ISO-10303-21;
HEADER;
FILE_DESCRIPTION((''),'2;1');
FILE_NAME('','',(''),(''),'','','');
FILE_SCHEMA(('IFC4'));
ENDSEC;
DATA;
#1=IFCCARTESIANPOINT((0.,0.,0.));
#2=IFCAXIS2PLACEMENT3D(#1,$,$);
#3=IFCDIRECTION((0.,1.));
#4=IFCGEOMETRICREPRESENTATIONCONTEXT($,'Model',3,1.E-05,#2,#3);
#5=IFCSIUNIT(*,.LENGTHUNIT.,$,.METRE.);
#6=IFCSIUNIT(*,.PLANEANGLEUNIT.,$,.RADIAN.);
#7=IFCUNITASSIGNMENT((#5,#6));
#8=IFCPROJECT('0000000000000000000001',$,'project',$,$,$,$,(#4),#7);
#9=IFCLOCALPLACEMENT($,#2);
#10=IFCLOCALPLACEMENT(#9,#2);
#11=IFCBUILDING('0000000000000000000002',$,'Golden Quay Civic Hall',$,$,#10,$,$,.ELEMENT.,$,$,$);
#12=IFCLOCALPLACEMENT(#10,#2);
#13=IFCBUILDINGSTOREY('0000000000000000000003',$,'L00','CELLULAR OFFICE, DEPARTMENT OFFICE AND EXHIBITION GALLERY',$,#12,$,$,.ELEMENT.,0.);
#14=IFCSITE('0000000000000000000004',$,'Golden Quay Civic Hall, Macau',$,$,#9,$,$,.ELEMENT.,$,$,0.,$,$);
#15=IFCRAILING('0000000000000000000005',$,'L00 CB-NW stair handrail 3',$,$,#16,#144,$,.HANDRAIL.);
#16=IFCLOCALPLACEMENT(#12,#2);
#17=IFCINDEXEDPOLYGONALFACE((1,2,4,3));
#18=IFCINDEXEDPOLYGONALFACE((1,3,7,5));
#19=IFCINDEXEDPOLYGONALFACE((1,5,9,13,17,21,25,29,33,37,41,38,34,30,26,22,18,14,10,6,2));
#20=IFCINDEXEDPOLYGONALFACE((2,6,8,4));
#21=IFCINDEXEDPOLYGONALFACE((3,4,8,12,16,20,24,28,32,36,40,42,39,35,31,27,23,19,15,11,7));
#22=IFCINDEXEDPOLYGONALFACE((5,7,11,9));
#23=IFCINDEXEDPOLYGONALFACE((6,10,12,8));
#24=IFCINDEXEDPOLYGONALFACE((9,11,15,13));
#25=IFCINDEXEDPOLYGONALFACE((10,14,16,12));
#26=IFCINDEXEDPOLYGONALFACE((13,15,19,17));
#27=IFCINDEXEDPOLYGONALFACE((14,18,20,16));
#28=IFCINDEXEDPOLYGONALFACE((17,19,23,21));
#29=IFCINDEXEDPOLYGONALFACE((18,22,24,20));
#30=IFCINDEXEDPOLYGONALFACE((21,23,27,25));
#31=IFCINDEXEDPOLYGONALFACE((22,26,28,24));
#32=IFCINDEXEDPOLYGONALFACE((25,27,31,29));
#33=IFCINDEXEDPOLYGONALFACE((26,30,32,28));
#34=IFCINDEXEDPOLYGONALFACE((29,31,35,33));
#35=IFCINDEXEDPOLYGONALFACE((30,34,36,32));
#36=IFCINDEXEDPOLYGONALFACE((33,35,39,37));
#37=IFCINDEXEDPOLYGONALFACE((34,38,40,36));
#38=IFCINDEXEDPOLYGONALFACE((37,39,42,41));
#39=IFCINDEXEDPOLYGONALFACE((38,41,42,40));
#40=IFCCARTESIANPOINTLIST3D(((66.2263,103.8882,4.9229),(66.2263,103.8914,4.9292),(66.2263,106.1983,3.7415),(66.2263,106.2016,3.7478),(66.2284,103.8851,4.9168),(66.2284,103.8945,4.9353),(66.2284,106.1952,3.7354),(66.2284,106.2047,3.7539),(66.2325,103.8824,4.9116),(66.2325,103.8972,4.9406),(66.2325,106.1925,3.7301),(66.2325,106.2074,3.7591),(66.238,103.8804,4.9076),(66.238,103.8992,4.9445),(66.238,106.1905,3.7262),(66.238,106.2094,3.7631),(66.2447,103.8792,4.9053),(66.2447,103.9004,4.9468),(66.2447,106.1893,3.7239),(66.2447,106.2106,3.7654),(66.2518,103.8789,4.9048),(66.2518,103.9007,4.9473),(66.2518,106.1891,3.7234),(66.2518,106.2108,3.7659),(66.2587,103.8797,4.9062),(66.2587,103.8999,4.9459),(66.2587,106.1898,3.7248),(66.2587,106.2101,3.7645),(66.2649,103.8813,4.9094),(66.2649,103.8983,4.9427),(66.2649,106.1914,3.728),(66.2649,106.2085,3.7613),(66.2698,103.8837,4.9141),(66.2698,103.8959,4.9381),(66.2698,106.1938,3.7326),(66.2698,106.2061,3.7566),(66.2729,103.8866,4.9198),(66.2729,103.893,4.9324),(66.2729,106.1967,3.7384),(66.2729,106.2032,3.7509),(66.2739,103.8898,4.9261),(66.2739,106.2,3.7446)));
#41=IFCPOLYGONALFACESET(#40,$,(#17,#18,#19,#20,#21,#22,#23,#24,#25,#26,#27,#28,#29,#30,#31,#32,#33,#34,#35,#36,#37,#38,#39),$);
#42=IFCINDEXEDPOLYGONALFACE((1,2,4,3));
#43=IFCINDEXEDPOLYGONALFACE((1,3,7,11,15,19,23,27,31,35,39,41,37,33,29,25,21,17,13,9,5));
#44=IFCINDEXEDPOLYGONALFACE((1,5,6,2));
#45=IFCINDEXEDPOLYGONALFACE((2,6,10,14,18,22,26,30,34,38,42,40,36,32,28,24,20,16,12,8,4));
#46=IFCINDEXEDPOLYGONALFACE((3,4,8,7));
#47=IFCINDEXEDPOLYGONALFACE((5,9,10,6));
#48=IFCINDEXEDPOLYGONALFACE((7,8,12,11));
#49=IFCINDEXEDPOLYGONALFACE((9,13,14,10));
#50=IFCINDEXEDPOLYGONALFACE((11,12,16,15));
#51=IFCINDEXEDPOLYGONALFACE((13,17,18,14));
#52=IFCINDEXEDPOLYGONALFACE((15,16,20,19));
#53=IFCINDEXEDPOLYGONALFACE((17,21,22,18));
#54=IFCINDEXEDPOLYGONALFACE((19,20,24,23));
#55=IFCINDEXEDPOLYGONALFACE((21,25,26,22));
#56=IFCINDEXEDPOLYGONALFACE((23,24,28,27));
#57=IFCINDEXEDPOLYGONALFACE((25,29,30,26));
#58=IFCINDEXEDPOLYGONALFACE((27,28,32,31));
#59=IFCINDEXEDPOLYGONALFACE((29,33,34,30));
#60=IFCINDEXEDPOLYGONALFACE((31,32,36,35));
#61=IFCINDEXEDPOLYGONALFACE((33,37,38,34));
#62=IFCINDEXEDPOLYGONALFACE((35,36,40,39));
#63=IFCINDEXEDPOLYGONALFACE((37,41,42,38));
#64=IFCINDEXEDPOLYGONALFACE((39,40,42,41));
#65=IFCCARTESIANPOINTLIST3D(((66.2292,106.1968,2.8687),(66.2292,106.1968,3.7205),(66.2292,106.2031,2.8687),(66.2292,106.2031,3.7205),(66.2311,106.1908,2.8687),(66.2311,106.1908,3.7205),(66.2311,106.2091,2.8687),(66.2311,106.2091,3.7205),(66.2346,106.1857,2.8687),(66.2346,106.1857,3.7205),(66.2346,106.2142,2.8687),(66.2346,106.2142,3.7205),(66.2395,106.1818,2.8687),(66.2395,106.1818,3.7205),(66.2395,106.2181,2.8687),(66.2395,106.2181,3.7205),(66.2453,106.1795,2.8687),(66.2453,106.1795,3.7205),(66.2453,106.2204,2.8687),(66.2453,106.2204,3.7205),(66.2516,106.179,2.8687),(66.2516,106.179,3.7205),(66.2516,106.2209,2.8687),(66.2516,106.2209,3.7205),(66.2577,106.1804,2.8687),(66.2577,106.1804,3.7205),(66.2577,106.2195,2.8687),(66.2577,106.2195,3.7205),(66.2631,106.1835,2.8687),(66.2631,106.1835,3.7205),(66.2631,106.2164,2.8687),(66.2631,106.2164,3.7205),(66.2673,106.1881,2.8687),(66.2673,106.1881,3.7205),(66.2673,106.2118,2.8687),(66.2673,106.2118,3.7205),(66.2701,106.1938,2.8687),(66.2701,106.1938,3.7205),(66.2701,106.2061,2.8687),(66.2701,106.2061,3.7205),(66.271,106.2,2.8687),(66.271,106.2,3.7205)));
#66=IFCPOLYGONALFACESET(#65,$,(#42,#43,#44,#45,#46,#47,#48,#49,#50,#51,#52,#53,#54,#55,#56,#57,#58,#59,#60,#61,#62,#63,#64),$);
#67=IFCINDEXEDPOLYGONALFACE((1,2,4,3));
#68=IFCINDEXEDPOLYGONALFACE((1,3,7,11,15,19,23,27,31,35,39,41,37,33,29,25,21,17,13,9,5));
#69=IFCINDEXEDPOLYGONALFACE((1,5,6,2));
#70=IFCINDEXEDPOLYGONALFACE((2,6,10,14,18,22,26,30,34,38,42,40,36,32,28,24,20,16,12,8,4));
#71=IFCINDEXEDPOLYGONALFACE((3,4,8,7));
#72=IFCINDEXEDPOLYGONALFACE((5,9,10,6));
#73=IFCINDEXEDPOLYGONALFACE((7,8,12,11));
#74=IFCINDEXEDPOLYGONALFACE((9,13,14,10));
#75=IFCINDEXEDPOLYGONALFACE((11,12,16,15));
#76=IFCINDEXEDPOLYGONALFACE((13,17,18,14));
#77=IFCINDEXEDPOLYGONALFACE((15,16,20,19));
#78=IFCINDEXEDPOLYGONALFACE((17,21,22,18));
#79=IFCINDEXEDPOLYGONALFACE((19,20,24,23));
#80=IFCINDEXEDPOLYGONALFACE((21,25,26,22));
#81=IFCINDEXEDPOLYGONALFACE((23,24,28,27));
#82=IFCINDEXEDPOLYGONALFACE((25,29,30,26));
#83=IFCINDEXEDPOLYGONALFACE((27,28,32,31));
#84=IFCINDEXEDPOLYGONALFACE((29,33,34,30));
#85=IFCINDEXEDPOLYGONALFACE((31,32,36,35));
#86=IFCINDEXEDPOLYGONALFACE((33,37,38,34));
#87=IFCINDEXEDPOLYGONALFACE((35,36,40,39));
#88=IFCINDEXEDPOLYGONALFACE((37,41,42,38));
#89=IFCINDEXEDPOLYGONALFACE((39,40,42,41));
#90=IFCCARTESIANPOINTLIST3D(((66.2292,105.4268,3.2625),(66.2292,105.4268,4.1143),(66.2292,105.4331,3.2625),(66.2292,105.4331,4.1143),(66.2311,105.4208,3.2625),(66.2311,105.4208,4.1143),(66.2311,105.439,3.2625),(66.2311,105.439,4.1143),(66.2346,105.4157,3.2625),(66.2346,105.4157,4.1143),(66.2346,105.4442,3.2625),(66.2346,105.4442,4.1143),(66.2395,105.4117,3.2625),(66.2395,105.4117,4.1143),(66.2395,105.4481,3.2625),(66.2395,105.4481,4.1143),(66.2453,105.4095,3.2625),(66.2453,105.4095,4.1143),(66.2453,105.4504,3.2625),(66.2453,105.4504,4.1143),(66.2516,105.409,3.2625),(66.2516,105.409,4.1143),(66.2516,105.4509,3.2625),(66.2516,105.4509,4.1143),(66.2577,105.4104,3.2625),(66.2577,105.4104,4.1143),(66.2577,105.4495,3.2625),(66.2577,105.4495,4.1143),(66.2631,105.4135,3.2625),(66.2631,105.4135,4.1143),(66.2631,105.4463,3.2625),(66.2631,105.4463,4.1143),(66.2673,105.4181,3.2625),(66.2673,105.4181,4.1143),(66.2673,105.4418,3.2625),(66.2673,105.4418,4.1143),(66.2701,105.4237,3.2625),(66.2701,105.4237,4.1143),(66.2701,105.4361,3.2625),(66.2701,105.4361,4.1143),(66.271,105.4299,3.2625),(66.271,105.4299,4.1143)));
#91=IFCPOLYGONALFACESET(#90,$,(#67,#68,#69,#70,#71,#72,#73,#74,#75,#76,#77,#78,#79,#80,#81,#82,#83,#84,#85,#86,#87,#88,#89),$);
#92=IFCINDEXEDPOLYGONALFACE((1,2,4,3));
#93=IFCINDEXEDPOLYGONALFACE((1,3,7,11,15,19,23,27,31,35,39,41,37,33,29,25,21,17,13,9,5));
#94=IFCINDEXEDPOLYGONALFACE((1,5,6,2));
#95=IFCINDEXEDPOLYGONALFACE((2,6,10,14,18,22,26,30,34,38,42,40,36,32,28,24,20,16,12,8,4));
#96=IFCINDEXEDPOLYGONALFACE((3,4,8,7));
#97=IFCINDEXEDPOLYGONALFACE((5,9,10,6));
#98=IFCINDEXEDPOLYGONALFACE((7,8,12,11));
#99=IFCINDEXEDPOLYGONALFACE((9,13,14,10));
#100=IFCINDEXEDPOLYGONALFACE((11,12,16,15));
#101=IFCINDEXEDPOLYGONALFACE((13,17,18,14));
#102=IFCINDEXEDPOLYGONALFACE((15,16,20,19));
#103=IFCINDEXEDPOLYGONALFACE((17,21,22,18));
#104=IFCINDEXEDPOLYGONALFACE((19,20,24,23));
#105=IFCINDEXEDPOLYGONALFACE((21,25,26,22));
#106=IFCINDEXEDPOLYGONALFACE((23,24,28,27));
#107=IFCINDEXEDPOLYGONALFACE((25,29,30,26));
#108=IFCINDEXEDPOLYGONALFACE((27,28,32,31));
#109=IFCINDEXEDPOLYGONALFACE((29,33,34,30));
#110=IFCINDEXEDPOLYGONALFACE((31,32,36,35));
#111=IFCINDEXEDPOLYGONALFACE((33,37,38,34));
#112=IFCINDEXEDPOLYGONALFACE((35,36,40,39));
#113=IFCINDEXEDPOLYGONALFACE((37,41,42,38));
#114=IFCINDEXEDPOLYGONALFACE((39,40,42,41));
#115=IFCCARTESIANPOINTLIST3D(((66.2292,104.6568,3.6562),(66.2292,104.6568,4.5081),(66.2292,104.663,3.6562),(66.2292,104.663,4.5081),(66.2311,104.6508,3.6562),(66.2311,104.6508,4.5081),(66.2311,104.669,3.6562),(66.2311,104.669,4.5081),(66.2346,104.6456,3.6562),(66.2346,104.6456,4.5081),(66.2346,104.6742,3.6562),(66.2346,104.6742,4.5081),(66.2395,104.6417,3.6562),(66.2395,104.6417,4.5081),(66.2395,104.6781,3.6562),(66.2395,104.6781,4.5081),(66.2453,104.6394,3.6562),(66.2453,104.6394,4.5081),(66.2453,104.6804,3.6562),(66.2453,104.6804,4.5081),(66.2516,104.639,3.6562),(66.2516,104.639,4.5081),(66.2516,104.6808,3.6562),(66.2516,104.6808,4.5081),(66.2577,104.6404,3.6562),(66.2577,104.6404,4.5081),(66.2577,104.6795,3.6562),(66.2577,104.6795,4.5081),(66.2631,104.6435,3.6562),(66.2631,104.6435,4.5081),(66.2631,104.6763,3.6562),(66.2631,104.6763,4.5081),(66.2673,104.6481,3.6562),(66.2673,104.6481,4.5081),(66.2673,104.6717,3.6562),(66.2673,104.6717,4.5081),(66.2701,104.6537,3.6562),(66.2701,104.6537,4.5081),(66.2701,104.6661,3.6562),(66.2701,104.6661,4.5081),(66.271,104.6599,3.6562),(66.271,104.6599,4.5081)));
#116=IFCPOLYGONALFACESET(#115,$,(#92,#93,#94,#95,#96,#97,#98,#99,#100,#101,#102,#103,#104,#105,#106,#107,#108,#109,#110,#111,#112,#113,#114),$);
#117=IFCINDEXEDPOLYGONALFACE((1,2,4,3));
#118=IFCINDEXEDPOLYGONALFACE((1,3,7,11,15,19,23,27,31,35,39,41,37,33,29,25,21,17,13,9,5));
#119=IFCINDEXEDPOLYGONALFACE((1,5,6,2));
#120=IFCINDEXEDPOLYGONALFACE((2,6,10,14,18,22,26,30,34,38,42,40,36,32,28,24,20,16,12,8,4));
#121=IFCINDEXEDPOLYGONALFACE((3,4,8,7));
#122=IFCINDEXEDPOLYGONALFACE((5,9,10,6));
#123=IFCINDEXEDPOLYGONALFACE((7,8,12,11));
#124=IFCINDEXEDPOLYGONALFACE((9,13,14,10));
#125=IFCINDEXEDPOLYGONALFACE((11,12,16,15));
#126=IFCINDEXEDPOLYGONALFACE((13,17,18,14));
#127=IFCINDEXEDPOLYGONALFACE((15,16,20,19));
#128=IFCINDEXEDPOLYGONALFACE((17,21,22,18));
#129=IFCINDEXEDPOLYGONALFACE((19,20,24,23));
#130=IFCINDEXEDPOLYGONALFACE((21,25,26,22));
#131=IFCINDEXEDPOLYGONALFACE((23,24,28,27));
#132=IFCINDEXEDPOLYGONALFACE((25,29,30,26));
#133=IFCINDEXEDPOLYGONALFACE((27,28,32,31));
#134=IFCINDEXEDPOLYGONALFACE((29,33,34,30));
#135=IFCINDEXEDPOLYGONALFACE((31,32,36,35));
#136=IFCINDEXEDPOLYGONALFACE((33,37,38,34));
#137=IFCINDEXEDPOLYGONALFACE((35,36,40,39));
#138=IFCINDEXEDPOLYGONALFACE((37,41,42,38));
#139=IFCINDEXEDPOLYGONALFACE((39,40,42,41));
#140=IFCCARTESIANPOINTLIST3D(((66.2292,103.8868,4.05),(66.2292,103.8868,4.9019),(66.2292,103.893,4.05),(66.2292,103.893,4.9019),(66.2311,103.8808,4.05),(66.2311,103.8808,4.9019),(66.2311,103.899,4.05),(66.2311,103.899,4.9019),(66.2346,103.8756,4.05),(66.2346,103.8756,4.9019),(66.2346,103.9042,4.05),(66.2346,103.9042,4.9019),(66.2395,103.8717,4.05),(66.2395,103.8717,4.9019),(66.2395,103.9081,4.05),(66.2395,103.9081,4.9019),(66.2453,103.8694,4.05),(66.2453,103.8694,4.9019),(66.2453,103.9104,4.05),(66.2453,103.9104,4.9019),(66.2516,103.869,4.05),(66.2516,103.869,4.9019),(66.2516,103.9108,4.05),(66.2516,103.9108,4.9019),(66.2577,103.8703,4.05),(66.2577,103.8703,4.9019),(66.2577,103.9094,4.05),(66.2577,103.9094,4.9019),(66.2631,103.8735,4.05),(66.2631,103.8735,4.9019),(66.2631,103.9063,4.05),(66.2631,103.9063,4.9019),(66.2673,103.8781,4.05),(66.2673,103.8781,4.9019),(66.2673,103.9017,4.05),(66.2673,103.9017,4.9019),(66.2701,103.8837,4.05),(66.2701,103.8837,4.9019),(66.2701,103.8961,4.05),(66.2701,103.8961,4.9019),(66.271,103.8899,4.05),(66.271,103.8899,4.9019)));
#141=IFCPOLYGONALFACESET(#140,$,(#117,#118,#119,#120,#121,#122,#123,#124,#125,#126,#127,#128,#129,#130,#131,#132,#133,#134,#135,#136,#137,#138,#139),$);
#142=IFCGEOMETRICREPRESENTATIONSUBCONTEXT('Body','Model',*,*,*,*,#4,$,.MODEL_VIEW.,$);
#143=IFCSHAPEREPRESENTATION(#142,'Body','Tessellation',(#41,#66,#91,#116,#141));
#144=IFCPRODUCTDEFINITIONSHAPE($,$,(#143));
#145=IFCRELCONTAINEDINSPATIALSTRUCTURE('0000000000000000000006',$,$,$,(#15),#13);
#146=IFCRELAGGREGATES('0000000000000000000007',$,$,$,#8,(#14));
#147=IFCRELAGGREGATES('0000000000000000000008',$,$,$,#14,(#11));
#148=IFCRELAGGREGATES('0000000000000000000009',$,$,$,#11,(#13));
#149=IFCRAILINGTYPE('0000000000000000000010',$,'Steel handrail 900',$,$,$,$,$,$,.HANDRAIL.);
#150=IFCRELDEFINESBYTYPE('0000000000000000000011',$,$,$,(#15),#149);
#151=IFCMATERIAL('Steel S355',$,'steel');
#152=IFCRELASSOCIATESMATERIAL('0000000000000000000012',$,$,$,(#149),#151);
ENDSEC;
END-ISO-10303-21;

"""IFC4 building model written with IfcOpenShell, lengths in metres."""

from ifc_helpers import new_model, si_unit, direction, frame, origin, origin_2d, place, context, subcontext, project, spatial, circle, extrude, material, type_object, element, save


model = new_model("IFC4")

# Units and contexts
model_context = context("Model", 3, precision=1e-05, world=origin(), true_north=direction((0.0, 1.0)))
body_context = subcontext(model_context, "Body", "Model", "MODEL_VIEW")
ifc_project = project(units=[si_unit("LENGTHUNIT", "METRE"), si_unit("PLANEANGLEUNIT", "RADIAN")], contexts=[model_context])

# Site, building, storey
site_placement = place(None, origin())
site = spatial("IfcSite", under=ifc_project, at=site_placement, Name="Golden Quay Civic Hall, Macau", CompositionType="ELEMENT", RefElevation=0.0)
building_placement = place(site_placement, origin())
building = spatial("IfcBuilding", under=site, at=building_placement, Name="Golden Quay Civic Hall", CompositionType="ELEMENT")
storey_placement = place(building_placement, origin())
storey = spatial("IfcBuildingStorey", under=building, at=storey_placement, Name="L00", Description="CELLULAR OFFICE, DEPARTMENT OFFICE AND EXHIBITION GALLERY", CompositionType="ELEMENT", Elevation=0.0)

# Railing
ifc_material_1 = material(Name="Steel S355", Category="steel")
railing_type_1 = type_object("IfcRailingType", Name="Steel handrail 900", PredefinedType="HANDRAIL", material=ifc_material_1)
railing_1_placement = place(storey_placement, frame((66.25, 106.2, 2.8687)))
element("IfcRailing", 1, at=railing_1_placement, inside=storey, type_object=railing_type_1, Name="L00 CB-NW stair handrail 3", PredefinedType="HANDRAIL", context=body_context, shape_type="SweptSolid", body=[
    extrude(circle(Radius=0.0239, at=origin_2d()), frame((0.0, 0.0, 0.876), z_axis=(0.0, -0.890325, 0.455325), x_axis=(1.0, 0.0, 0.0)), (0.0, 0.0, 1.0), 2.5947),
    extrude(circle(Radius=0.021, at=origin_2d()), origin(), (0.0, 0.0, 1.0), 0.8518),
    extrude(circle(Radius=0.021, at=origin_2d()), frame((0.0, -0.77, 0.3938)), (0.0, 0.0, 1.0), 0.8518),
    extrude(circle(Radius=0.021, at=origin_2d()), frame((0.0, -1.54, 0.7876)), (0.0, 0.0, 1.0), 0.8518),
    extrude(circle(Radius=0.021, at=origin_2d()), frame((0.0, -2.3101, 1.1814)), (0.0, 0.0, 1.0), 0.8518),
])

save(model, "model.ifc")
